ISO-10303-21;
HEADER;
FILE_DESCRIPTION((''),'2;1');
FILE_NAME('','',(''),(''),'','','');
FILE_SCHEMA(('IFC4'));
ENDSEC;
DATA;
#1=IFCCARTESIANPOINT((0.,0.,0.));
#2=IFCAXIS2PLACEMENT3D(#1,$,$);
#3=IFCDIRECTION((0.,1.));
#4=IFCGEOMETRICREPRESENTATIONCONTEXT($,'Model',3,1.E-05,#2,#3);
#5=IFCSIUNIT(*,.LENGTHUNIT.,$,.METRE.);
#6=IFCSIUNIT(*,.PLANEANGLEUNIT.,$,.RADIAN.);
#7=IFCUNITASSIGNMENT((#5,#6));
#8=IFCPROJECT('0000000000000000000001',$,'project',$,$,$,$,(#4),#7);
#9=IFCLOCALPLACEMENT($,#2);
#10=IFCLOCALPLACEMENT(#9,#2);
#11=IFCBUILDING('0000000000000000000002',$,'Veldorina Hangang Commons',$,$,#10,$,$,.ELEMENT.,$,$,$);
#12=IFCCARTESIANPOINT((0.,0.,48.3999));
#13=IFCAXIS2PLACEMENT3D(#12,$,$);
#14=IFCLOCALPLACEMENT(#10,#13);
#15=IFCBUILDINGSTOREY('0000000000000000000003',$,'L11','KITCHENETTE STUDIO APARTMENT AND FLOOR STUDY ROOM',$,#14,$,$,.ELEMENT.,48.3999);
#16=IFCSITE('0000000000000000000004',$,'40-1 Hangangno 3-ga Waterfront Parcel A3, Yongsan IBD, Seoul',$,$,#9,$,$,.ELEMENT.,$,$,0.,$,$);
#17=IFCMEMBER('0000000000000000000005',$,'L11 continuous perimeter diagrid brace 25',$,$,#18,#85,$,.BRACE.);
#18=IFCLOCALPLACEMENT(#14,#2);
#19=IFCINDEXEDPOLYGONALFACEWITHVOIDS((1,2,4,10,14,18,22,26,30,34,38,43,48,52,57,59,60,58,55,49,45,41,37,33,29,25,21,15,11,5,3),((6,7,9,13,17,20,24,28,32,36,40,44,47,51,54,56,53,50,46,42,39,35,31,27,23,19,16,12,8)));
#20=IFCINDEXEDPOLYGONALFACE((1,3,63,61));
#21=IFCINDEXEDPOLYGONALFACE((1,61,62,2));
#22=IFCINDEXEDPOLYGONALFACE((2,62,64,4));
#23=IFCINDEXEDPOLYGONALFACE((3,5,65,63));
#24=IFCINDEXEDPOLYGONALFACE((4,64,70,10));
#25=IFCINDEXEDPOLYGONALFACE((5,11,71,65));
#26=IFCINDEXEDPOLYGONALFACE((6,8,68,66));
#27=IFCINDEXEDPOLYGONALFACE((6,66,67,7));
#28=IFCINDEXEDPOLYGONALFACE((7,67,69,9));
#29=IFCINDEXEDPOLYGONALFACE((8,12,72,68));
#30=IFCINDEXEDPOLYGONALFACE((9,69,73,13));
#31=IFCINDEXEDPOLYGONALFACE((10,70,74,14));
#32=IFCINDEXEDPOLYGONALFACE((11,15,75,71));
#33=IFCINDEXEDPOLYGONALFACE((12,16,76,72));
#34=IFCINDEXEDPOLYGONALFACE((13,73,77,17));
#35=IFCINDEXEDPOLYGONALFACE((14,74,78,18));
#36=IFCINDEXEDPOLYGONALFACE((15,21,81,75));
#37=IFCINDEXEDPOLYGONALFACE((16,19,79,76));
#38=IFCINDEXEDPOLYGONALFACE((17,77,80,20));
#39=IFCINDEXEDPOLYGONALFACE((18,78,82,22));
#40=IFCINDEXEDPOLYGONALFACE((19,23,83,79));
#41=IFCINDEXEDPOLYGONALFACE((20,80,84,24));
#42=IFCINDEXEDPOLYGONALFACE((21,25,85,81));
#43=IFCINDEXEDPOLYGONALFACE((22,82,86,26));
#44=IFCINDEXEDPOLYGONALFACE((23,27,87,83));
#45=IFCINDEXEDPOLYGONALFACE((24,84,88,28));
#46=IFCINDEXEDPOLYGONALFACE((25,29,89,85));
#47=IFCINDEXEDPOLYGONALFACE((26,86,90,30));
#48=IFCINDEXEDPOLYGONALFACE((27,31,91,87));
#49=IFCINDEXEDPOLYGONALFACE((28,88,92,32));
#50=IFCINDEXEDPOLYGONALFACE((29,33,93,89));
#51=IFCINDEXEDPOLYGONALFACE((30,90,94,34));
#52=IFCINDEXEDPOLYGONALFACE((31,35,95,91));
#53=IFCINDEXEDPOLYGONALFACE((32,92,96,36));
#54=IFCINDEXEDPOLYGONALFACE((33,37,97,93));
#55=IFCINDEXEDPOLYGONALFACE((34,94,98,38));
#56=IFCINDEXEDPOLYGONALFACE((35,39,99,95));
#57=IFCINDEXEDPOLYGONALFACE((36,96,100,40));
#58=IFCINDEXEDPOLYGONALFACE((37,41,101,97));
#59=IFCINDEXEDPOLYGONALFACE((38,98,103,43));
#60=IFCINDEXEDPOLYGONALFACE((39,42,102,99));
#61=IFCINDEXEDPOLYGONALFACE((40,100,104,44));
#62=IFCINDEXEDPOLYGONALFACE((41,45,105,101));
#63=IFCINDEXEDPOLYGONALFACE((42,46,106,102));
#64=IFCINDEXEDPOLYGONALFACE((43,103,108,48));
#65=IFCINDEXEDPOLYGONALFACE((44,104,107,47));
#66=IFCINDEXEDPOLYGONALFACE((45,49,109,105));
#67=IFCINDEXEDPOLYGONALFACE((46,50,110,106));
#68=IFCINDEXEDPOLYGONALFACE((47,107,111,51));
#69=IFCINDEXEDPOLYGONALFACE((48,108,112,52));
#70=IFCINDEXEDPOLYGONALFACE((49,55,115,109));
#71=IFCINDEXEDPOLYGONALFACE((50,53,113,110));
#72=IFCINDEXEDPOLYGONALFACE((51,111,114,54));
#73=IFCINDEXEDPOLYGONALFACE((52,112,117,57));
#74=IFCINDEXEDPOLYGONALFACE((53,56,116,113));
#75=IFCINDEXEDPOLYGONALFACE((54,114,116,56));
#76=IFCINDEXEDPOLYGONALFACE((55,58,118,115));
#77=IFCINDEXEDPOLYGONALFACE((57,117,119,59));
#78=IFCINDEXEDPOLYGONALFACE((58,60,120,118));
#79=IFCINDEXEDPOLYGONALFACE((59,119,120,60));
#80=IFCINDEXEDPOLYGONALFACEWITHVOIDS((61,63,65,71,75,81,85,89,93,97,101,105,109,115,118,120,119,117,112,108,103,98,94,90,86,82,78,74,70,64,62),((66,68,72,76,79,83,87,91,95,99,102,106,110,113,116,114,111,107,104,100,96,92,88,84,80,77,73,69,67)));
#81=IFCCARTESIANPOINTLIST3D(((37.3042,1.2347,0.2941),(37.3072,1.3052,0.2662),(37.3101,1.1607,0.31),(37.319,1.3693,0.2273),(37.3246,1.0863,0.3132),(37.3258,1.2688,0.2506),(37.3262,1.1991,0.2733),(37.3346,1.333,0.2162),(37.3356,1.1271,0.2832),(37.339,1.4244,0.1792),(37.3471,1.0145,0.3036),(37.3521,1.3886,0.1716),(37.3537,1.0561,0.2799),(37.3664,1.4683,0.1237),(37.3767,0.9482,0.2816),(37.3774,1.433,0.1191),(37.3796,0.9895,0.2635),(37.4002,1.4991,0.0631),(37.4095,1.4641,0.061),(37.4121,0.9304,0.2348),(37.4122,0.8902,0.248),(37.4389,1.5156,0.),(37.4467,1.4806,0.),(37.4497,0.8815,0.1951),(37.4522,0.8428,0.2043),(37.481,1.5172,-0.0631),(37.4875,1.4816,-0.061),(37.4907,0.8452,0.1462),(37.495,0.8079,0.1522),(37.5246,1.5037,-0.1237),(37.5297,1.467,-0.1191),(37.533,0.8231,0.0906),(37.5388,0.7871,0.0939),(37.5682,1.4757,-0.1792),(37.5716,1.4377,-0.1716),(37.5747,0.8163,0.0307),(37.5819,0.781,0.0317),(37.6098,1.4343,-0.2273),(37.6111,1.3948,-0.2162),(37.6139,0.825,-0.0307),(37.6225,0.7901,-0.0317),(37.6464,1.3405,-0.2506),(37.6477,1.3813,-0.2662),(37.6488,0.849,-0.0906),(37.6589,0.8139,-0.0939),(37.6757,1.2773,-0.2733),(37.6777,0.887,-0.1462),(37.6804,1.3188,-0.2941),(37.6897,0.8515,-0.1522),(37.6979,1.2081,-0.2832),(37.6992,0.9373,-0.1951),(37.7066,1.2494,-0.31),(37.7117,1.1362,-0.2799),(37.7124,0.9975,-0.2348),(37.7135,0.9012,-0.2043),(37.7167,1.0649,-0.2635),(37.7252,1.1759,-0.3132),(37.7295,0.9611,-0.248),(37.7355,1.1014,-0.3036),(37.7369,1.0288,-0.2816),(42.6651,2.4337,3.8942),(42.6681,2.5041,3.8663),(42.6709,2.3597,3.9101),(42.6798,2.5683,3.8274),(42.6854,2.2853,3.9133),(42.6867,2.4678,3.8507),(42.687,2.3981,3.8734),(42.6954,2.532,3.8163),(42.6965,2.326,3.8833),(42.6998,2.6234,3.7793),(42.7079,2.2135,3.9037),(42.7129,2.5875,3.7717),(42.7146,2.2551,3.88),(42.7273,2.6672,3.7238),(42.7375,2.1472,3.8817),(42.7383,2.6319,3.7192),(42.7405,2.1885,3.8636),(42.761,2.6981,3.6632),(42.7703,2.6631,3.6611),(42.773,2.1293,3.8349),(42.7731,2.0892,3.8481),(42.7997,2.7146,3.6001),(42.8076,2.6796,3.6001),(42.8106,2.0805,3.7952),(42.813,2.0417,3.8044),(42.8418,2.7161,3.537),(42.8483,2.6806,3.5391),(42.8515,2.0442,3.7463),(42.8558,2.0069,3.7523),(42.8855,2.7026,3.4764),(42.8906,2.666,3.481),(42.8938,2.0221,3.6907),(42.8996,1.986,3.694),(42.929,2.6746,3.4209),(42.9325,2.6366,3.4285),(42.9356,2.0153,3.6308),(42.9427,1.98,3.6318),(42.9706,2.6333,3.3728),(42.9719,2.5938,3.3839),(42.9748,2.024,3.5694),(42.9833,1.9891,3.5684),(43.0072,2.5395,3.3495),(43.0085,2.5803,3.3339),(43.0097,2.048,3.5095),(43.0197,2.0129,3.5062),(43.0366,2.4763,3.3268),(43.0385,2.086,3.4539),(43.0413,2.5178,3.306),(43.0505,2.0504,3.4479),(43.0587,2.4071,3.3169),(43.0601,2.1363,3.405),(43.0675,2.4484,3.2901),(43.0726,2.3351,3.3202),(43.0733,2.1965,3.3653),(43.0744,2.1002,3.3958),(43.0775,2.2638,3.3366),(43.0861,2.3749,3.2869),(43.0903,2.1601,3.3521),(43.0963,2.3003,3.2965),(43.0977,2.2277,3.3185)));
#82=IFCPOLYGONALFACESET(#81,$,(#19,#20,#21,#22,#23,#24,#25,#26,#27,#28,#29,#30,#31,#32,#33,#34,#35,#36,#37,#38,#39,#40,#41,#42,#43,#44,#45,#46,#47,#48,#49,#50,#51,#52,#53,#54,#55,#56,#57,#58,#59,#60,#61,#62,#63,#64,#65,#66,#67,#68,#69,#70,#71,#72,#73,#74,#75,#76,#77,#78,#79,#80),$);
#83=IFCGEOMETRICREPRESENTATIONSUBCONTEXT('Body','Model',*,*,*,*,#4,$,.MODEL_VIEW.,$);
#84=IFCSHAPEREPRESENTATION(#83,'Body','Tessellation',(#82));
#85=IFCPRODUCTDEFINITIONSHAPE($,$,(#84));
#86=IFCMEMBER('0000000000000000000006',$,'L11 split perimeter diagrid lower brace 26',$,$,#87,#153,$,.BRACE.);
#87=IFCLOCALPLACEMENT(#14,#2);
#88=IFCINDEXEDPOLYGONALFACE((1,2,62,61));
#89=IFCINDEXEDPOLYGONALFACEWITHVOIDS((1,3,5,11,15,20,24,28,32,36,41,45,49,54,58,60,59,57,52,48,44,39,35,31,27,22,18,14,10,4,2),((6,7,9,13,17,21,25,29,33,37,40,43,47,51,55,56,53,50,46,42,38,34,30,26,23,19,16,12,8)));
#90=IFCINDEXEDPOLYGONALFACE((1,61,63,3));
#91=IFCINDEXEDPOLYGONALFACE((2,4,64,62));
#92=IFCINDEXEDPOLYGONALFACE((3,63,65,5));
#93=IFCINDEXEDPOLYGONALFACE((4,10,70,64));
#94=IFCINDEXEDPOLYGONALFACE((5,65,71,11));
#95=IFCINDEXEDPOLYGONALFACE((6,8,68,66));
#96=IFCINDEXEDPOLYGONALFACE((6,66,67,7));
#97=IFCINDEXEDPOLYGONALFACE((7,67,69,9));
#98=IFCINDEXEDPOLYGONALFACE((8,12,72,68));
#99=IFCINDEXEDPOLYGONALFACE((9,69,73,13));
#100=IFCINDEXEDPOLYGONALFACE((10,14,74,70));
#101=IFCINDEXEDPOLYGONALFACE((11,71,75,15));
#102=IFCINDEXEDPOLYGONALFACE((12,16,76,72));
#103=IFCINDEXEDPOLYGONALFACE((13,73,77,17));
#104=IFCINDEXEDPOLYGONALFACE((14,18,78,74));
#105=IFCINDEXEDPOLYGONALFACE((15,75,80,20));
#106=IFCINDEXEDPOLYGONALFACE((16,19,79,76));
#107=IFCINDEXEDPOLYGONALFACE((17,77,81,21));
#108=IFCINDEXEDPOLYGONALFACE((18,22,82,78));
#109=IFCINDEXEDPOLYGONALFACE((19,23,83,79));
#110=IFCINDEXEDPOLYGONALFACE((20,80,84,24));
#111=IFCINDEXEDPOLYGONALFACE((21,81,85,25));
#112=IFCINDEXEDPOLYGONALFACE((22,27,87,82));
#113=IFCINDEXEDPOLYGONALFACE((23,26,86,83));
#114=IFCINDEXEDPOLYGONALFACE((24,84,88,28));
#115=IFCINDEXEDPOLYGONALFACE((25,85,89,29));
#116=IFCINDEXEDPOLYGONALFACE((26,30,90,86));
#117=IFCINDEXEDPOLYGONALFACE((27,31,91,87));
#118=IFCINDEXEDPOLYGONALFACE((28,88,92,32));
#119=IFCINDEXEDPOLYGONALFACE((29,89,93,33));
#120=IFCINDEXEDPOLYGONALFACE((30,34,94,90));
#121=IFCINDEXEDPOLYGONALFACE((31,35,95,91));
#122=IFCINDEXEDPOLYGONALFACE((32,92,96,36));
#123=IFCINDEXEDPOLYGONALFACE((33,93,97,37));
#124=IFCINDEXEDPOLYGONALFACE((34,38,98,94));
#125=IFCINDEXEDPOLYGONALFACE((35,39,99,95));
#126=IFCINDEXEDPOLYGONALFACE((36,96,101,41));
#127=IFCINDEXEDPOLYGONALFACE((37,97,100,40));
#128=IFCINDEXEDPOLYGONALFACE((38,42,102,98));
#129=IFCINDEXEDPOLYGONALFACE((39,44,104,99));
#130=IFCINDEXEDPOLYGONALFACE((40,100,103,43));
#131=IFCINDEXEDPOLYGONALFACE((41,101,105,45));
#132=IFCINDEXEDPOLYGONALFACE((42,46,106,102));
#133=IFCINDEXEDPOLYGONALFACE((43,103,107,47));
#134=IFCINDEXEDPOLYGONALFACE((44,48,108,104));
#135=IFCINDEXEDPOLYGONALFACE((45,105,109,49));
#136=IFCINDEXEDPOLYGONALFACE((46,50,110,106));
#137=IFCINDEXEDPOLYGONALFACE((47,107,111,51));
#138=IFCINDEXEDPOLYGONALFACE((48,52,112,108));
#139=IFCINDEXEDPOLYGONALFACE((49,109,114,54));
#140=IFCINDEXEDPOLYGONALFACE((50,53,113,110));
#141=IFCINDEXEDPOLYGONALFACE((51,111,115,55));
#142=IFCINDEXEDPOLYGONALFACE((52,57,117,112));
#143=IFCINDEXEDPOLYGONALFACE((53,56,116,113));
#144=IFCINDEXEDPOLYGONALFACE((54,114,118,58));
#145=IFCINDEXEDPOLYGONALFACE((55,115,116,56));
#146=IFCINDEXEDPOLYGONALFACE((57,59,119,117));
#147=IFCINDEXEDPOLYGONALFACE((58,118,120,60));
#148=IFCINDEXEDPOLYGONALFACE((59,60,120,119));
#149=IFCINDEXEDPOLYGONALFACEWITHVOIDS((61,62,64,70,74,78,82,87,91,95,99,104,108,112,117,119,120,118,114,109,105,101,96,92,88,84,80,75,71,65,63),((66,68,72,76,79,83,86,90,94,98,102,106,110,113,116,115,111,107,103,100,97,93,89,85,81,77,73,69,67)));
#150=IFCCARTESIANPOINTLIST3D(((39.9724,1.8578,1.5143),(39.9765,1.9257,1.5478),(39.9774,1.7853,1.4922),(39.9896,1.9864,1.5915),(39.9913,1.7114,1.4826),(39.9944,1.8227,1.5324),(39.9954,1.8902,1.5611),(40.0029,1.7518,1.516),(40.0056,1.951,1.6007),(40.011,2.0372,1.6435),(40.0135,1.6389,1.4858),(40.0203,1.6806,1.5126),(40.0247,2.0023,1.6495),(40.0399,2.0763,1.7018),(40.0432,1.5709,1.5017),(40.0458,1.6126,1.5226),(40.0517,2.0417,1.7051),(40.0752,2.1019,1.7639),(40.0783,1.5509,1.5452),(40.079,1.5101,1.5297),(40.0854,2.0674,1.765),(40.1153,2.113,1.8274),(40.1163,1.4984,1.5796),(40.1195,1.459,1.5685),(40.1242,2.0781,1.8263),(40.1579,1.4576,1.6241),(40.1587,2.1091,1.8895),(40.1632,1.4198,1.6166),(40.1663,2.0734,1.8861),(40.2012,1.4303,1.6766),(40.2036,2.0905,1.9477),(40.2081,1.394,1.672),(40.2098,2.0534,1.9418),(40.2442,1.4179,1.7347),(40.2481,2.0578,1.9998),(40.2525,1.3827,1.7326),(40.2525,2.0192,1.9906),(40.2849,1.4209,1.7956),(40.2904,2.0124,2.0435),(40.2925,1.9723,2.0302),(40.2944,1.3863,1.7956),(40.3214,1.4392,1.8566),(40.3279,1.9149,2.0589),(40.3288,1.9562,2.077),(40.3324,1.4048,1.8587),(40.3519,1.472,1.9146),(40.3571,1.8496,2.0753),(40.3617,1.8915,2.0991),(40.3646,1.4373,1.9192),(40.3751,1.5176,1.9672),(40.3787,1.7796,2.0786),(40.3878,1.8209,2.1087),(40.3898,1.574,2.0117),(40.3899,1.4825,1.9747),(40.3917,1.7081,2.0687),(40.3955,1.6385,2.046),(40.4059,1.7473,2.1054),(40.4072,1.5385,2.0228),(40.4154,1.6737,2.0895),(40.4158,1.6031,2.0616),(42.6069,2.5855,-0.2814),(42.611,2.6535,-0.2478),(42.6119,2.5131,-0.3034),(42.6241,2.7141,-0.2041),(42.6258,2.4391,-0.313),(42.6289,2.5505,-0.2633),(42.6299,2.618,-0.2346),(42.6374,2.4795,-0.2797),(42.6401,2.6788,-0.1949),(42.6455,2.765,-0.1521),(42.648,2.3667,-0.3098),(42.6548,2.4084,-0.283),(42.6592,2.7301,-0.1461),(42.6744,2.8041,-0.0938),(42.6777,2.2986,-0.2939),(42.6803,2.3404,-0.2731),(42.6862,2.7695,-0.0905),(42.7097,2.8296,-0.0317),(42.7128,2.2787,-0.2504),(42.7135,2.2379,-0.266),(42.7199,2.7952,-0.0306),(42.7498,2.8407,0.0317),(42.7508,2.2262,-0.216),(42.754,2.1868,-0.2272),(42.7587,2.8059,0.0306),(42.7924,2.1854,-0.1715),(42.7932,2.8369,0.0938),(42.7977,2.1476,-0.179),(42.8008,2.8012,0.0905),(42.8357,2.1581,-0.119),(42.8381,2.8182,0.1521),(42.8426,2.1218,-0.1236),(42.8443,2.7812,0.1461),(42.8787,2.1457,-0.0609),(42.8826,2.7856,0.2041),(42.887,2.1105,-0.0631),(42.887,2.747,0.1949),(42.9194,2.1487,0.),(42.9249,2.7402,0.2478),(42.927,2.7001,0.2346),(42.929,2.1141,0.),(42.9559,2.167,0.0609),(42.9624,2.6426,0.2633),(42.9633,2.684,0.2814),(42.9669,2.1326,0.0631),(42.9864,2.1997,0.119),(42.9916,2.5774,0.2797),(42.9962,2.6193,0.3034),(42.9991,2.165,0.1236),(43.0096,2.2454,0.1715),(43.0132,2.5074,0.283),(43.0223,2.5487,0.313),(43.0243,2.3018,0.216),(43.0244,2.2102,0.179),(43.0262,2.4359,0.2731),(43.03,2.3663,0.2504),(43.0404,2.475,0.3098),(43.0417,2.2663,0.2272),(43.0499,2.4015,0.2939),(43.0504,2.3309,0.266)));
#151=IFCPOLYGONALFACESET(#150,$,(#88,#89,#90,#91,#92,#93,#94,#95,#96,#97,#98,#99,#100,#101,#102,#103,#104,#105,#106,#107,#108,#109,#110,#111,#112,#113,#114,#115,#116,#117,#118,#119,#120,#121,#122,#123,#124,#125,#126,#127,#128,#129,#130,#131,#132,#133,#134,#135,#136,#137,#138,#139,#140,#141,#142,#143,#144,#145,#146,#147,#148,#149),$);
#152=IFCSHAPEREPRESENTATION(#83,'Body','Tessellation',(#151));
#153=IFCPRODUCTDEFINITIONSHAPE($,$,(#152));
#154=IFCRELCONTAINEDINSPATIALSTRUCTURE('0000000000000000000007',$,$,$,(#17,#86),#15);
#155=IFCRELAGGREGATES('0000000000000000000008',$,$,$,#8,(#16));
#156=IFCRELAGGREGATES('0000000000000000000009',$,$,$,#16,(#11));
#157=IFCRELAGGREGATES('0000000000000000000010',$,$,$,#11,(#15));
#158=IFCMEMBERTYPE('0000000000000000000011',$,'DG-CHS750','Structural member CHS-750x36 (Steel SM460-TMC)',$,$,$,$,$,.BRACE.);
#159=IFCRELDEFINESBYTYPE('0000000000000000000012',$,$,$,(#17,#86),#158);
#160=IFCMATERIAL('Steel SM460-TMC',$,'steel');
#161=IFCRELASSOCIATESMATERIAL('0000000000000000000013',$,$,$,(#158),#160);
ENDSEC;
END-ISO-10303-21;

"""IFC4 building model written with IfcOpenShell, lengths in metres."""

from ifc_helpers import new_model, si_unit, direction, frame, origin, origin_2d, place, context, subcontext, project, spatial, hollow_circle, extrude, material, material_profile, profile_set, type_object, element, save


model = new_model("IFC4")

# Units and contexts
model_context = context("Model", 3, precision=1e-05, world=origin(), true_north=direction((0.0, 1.0)))
body_context = subcontext(model_context, "Body", "Model", "MODEL_VIEW")
ifc_project = project(units=[si_unit("LENGTHUNIT", "METRE"), si_unit("PLANEANGLEUNIT", "RADIAN")], contexts=[model_context])

# Site, building, storey
site_placement = place(None, origin())
site = spatial("IfcSite", under=ifc_project, at=site_placement, Name="40-1 Hangangno 3-ga Waterfront Parcel A3, Yongsan IBD, Seoul", CompositionType="ELEMENT", RefElevation=0.0)
building_placement = place(site_placement, origin())
building = spatial("IfcBuilding", under=site, at=building_placement, Name="Veldorina Hangang Commons", CompositionType="ELEMENT")
storey_placement = place(building_placement, frame((0.0, 0.0, 48.3999)))
storey = spatial("IfcBuildingStorey", under=building, at=storey_placement, Name="L11", Description="KITCHENETTE STUDIO APARTMENT AND FLOOR STUDY ROOM", CompositionType="ELEMENT", Elevation=48.3999)

# Shared definitions
ifc_material_1 = material(Name="Steel SM460-TMC", Category="steel")

# Members
ifc_material_profile_1 = material_profile(ifc_material_1, hollow_circle(Radius=0.375, WallThickness=0.0359, at=origin_2d()), Name="CHS-750x36")
ifc_profile_set_1 = profile_set([ifc_material_profile_1], Name="Steel SM460-TMC")
member_type_1 = type_object("IfcMemberType", Name="DG-CHS750", Description="Structural member CHS-750x36 (Steel SM460-TMC)", PredefinedType="BRACE", material=ifc_profile_set_1)
member_1_placement = place(storey_placement, frame((37.5208, 1.1497, 0.0), z_axis=(0.816223, 0.182552, 0.548138), x_axis=(-0.218262, 0.97589, 0.0)))
element("IfcMember", 1, at=member_1_placement, inside=storey, type_object=member_type_1, Name="L11 continuous perimeter diagrid brace 25", PredefinedType="BRACE", context=body_context, shape_type="SweptSolid", body=[
    extrude(hollow_circle(Radius=0.375, WallThickness=0.0359, at=origin_2d()), origin(), (0.0, 0.0, 1.0), 6.5679),
])
member_2_placement = place(storey_placement, frame((42.8291, 2.4756, 0.0), z_axis=(-0.805595, -0.222544, 0.549082), x_axis=(0.266275, -0.963897, 0.0)))
element("IfcMember", 2, at=member_2_placement, inside=storey, type_object=member_type_1, Name="L11 split perimeter diagrid lower brace 26", PredefinedType="BRACE", context=body_context, shape_type="SweptSolid", body=[
    extrude(hollow_circle(Radius=0.375, WallThickness=0.0359, at=origin_2d()), origin(), (0.0, 0.0, 1.0), 3.2703),
])

save(model, "model.ifc")
